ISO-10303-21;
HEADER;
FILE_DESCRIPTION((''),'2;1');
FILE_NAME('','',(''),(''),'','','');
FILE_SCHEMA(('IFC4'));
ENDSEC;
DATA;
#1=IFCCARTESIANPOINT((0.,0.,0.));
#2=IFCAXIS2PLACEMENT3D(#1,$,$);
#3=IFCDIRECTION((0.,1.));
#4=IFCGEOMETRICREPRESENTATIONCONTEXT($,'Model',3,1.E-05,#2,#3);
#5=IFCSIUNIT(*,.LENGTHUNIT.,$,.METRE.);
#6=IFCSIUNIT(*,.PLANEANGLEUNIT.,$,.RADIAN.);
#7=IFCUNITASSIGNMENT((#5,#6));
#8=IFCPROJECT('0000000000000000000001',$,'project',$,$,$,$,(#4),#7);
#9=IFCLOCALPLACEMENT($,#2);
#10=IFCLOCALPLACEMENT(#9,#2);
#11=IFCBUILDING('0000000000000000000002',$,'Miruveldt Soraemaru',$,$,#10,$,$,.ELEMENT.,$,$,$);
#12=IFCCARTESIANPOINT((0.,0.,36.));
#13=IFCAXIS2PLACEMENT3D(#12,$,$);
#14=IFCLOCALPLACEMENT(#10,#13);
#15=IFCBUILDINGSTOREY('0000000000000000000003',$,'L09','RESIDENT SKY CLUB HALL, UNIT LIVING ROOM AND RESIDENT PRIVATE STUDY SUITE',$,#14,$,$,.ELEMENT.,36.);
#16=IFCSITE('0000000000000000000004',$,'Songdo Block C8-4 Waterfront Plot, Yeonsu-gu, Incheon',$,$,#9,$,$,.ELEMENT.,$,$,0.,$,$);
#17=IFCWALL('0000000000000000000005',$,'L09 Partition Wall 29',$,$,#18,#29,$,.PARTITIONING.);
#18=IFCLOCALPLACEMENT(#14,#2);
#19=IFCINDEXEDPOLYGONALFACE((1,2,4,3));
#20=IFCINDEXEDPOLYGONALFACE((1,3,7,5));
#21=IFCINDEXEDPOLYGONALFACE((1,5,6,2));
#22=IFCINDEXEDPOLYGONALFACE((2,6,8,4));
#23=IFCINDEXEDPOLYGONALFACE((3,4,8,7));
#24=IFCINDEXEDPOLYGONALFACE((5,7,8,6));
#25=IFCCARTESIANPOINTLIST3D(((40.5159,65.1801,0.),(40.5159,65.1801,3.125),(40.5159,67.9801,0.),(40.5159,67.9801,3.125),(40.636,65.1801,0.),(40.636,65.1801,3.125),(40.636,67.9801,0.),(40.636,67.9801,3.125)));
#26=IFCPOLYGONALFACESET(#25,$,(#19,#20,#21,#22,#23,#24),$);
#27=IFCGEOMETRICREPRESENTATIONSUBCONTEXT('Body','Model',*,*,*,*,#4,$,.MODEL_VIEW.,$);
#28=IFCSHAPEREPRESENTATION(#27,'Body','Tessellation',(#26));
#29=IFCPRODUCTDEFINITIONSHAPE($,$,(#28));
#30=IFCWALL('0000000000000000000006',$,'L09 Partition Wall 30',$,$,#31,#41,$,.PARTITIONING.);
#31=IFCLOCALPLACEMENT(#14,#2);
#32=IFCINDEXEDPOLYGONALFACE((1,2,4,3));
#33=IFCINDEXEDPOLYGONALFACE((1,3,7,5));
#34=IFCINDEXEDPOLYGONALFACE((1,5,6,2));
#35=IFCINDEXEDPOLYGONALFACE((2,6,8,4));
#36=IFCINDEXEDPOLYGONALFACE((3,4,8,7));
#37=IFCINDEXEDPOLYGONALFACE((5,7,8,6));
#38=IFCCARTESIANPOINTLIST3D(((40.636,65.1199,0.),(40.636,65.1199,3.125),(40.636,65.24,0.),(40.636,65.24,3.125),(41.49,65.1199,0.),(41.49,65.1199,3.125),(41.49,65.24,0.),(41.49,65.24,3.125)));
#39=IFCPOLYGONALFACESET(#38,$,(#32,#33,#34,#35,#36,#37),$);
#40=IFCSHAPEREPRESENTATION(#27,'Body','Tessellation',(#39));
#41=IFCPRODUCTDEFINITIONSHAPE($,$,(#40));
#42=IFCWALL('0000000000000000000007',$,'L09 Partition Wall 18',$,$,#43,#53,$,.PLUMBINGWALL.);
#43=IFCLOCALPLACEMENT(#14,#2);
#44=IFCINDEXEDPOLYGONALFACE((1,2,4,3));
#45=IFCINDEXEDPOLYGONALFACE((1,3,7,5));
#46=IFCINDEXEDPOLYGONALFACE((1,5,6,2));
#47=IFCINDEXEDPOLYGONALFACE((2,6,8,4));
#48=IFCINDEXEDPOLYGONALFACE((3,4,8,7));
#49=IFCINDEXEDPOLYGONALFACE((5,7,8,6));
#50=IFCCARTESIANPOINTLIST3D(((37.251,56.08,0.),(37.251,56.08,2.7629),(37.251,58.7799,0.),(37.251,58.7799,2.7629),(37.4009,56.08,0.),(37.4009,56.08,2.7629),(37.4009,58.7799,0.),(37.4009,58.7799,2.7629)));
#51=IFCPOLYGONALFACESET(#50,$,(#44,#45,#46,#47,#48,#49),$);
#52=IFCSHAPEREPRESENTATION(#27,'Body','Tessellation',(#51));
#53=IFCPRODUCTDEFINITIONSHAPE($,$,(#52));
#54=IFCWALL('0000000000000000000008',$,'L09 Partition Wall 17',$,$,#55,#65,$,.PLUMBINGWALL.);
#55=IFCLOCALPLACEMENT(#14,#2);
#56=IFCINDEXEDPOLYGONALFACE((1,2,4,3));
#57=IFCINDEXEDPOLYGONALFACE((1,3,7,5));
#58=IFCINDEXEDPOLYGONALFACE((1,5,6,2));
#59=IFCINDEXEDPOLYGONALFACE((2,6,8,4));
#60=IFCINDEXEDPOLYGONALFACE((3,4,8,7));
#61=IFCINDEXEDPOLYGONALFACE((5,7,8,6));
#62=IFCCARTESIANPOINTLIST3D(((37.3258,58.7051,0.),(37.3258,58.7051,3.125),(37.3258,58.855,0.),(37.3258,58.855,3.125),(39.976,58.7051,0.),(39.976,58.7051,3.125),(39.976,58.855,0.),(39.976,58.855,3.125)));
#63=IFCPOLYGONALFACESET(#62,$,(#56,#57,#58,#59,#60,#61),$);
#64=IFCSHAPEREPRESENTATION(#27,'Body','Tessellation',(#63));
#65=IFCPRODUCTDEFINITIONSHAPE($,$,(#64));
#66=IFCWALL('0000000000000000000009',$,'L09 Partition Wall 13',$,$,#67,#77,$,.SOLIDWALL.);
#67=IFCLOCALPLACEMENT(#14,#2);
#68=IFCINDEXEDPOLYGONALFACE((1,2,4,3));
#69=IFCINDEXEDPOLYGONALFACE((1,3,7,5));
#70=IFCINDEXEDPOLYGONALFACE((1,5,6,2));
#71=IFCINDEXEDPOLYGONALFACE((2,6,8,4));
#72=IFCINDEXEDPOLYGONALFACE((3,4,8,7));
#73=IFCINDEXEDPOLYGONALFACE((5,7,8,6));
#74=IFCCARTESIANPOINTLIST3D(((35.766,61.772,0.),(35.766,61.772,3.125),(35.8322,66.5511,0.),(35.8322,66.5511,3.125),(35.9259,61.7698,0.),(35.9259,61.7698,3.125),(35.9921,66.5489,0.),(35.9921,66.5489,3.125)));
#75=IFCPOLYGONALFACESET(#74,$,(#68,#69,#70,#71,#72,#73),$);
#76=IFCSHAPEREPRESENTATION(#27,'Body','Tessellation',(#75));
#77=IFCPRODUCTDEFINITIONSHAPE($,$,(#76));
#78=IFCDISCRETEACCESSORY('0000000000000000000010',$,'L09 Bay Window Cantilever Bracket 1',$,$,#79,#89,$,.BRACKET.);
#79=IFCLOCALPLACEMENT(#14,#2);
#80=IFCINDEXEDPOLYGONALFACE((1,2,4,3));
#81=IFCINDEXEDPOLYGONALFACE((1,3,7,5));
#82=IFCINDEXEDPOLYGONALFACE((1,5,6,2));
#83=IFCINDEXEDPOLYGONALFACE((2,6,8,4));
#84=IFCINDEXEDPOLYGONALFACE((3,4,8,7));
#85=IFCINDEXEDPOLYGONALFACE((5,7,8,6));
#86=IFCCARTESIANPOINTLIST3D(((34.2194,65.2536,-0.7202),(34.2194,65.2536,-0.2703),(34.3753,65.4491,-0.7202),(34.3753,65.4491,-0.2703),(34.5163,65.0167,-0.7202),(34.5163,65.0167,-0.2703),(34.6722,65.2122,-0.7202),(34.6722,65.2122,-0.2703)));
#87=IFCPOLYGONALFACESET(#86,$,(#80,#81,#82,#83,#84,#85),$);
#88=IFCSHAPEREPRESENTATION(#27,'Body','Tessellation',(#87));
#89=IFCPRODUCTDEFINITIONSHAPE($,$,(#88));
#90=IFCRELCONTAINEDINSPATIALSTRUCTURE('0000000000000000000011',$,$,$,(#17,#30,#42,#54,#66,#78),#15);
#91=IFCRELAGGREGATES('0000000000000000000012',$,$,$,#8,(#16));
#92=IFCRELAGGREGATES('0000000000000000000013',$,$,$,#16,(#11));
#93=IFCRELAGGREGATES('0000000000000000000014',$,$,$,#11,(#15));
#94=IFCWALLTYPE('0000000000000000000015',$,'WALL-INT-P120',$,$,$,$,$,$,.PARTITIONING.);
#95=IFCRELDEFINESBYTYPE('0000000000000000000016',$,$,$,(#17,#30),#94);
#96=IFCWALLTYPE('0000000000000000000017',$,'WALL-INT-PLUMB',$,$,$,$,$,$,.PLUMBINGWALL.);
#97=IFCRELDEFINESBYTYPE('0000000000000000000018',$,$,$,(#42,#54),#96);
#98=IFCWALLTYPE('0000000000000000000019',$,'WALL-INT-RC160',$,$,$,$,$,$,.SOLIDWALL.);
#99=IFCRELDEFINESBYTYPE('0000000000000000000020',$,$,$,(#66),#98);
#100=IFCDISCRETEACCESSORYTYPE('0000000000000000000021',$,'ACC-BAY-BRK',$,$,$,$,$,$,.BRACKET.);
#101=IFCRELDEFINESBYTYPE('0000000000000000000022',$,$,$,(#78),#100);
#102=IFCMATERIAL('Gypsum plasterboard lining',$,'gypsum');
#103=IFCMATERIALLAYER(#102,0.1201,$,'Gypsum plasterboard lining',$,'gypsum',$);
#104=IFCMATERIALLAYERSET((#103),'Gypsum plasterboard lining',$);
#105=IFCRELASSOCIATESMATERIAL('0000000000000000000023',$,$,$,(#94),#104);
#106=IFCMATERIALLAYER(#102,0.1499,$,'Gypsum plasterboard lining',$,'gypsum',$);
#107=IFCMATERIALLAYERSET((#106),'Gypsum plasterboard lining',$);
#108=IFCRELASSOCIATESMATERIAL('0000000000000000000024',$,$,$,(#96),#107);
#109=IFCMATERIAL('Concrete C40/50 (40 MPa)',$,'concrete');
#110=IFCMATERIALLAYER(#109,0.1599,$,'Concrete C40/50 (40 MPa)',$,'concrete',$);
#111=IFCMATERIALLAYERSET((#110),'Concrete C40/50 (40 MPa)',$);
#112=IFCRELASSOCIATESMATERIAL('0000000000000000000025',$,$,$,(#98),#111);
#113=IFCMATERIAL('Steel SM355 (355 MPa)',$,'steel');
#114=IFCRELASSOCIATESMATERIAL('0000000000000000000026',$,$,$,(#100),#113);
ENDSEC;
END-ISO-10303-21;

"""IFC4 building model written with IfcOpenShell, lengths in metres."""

from ifc_helpers import new_model, si_unit, direction, frame, frame_2d, origin, origin_2d, place, context, subcontext, project, spatial, rectangle, extrude, material, layer, layer_set, type_object, element, save


model = new_model("IFC4")

# Units and contexts
model_context = context("Model", 3, precision=1e-05, world=origin(), true_north=direction((0.0, 1.0)))
body_context = subcontext(model_context, "Body", "Model", "MODEL_VIEW")
ifc_project = project(units=[si_unit("LENGTHUNIT", "METRE"), si_unit("PLANEANGLEUNIT", "RADIAN")], contexts=[model_context])

# Site, building, storey
site_placement = place(None, origin())
site = spatial("IfcSite", under=ifc_project, at=site_placement, Name="Songdo Block C8-4 Waterfront Plot, Yeonsu-gu, Incheon", CompositionType="ELEMENT", RefElevation=0.0)
building_placement = place(site_placement, origin())
building = spatial("IfcBuilding", under=site, at=building_placement, Name="Miruveldt Soraemaru", CompositionType="ELEMENT")
storey_placement = place(building_placement, frame((0.0, 0.0, 36.0)))
storey = spatial("IfcBuildingStorey", under=building, at=storey_placement, Name="L09", Description="RESIDENT SKY CLUB HALL, UNIT LIVING ROOM AND RESIDENT PRIVATE STUDY SUITE", CompositionType="ELEMENT", Elevation=36.0)

# Shared definitions
ifc_material_1 = material(Name="Gypsum plasterboard lining", Category="gypsum")
ifc_layer_1 = layer(ifc_material_1, 0.1201, Name="Gypsum plasterboard lining", Category="gypsum")
ifc_layer_set_1 = layer_set([ifc_layer_1], Name="Gypsum plasterboard lining")
wall_type_1 = type_object("IfcWallType", Name="WALL-INT-P120", PredefinedType="PARTITIONING", material=ifc_layer_set_1)

# Walls
wall_1_placement = place(storey_placement, frame((40.5759, 67.98, 0.0), z_axis=(0.0, 0.0, 1.0), x_axis=(0.0, -1.0, 0.0)))
element("IfcWall", 1, at=wall_1_placement, inside=storey, type_object=wall_type_1, Name="L09 Partition Wall 29", PredefinedType="PARTITIONING", context=body_context, shape_type="SweptSolid", body=[
    extrude(rectangle(XDim=2.8, YDim=0.1201, at=frame_2d((1.3999, 0.0))), origin(), (0.0, 0.0, 1.0), 3.125),
])
wall_2_placement = place(storey_placement, frame((40.636, 65.1799, 0.0), z_axis=(0.0, 0.0, 1.0), x_axis=(1.0, 0.0, 0.0)))
element("IfcWall", 2, at=wall_2_placement, inside=storey, type_object=wall_type_1, Name="L09 Partition Wall 30", PredefinedType="PARTITIONING", context=body_context, shape_type="SweptSolid", body=[
    extrude(rectangle(XDim=0.854, YDim=0.1201, at=frame_2d((0.427, 0.0))), origin(), (0.0, 0.0, 1.0), 3.125),
])
ifc_layer_2 = layer(ifc_material_1, 0.1499, Name="Gypsum plasterboard lining", Category="gypsum")
ifc_layer_set_2 = layer_set([ifc_layer_2], Name="Gypsum plasterboard lining")
wall_type_2 = type_object("IfcWallType", Name="WALL-INT-PLUMB", PredefinedType="PLUMBINGWALL", material=ifc_layer_set_2)
wall_3_placement = place(storey_placement, frame((37.3259, 58.78, 0.0), z_axis=(0.0, 0.0, 1.0), x_axis=(0.0, -1.0, 0.0)))
element("IfcWall", 3, at=wall_3_placement, inside=storey, type_object=wall_type_2, Name="L09 Partition Wall 18", PredefinedType="PLUMBINGWALL", context=body_context, shape_type="SweptSolid", body=[
    extrude(rectangle(XDim=2.7, YDim=0.1499, at=frame_2d((1.3501, 0.0))), origin(), (0.0, 0.0, 1.0), 2.7629),
])
wall_4_placement = place(storey_placement, frame((39.9761, 58.78, 0.0), z_axis=(0.0, 0.0, 1.0), x_axis=(-1.0, 0.0, 0.0)))
element("IfcWall", 4, at=wall_4_placement, inside=storey, type_object=wall_type_2, Name="L09 Partition Wall 17", PredefinedType="PLUMBINGWALL", context=body_context, shape_type="SweptSolid", body=[
    extrude(rectangle(XDim=2.6501, YDim=0.1499, at=frame_2d((1.3252, 0.0))), origin(), (0.0, 0.0, 1.0), 3.125),
])
ifc_material_2 = material(Name="Concrete C40/50 (40 MPa)", Category="concrete")
ifc_layer_3 = layer(ifc_material_2, 0.1599, Name="Concrete C40/50 (40 MPa)", Category="concrete")
ifc_layer_set_3 = layer_set([ifc_layer_3], Name="Concrete C40/50 (40 MPa)")
wall_type_3 = type_object("IfcWallType", Name="WALL-INT-RC160", PredefinedType="SOLIDWALL", material=ifc_layer_set_3)
wall_5_placement = place(storey_placement, frame((35.8459, 61.771, 0.0), z_axis=(0.0, 0.0, 1.0), x_axis=(0.013843, 0.999904, 0.0)))
element("IfcWall", 5, at=wall_5_placement, inside=storey, type_object=wall_type_3, Name="L09 Partition Wall 13", PredefinedType="SOLIDWALL", context=body_context, shape_type="SweptSolid", body=[
    extrude(rectangle(XDim=4.7795, YDim=0.1599, at=frame_2d((2.3896, 0.0))), origin(), (0.0, 0.0, 1.0), 3.125),
])

# Discrete accessory
ifc_material_3 = material(Name="Steel SM355 (355 MPa)", Category="steel")
discrete_accessory_type = type_object("IfcDiscreteAccessoryType", Name="ACC-BAY-BRK", PredefinedType="BRACKET", material=ifc_material_3)
discrete_accessory_placement = place(storey_placement, frame((34.4458, 65.2329, -0.7202), z_axis=(0.0, 0.0, 1.0), x_axis=(-0.781727, 0.62362, 0.0)))
element("IfcDiscreteAccessory", 6, at=discrete_accessory_placement, inside=storey, type_object=discrete_accessory_type, Name="L09 Bay Window Cantilever Bracket 1", PredefinedType="BRACKET", context=body_context, shape_type="SweptSolid", body=[
    extrude(rectangle(XDim=0.3799, YDim=0.25, at=origin_2d()), origin(), (0.0, 0.0, 1.0), 0.45),
])

save(model, "model.ifc")
